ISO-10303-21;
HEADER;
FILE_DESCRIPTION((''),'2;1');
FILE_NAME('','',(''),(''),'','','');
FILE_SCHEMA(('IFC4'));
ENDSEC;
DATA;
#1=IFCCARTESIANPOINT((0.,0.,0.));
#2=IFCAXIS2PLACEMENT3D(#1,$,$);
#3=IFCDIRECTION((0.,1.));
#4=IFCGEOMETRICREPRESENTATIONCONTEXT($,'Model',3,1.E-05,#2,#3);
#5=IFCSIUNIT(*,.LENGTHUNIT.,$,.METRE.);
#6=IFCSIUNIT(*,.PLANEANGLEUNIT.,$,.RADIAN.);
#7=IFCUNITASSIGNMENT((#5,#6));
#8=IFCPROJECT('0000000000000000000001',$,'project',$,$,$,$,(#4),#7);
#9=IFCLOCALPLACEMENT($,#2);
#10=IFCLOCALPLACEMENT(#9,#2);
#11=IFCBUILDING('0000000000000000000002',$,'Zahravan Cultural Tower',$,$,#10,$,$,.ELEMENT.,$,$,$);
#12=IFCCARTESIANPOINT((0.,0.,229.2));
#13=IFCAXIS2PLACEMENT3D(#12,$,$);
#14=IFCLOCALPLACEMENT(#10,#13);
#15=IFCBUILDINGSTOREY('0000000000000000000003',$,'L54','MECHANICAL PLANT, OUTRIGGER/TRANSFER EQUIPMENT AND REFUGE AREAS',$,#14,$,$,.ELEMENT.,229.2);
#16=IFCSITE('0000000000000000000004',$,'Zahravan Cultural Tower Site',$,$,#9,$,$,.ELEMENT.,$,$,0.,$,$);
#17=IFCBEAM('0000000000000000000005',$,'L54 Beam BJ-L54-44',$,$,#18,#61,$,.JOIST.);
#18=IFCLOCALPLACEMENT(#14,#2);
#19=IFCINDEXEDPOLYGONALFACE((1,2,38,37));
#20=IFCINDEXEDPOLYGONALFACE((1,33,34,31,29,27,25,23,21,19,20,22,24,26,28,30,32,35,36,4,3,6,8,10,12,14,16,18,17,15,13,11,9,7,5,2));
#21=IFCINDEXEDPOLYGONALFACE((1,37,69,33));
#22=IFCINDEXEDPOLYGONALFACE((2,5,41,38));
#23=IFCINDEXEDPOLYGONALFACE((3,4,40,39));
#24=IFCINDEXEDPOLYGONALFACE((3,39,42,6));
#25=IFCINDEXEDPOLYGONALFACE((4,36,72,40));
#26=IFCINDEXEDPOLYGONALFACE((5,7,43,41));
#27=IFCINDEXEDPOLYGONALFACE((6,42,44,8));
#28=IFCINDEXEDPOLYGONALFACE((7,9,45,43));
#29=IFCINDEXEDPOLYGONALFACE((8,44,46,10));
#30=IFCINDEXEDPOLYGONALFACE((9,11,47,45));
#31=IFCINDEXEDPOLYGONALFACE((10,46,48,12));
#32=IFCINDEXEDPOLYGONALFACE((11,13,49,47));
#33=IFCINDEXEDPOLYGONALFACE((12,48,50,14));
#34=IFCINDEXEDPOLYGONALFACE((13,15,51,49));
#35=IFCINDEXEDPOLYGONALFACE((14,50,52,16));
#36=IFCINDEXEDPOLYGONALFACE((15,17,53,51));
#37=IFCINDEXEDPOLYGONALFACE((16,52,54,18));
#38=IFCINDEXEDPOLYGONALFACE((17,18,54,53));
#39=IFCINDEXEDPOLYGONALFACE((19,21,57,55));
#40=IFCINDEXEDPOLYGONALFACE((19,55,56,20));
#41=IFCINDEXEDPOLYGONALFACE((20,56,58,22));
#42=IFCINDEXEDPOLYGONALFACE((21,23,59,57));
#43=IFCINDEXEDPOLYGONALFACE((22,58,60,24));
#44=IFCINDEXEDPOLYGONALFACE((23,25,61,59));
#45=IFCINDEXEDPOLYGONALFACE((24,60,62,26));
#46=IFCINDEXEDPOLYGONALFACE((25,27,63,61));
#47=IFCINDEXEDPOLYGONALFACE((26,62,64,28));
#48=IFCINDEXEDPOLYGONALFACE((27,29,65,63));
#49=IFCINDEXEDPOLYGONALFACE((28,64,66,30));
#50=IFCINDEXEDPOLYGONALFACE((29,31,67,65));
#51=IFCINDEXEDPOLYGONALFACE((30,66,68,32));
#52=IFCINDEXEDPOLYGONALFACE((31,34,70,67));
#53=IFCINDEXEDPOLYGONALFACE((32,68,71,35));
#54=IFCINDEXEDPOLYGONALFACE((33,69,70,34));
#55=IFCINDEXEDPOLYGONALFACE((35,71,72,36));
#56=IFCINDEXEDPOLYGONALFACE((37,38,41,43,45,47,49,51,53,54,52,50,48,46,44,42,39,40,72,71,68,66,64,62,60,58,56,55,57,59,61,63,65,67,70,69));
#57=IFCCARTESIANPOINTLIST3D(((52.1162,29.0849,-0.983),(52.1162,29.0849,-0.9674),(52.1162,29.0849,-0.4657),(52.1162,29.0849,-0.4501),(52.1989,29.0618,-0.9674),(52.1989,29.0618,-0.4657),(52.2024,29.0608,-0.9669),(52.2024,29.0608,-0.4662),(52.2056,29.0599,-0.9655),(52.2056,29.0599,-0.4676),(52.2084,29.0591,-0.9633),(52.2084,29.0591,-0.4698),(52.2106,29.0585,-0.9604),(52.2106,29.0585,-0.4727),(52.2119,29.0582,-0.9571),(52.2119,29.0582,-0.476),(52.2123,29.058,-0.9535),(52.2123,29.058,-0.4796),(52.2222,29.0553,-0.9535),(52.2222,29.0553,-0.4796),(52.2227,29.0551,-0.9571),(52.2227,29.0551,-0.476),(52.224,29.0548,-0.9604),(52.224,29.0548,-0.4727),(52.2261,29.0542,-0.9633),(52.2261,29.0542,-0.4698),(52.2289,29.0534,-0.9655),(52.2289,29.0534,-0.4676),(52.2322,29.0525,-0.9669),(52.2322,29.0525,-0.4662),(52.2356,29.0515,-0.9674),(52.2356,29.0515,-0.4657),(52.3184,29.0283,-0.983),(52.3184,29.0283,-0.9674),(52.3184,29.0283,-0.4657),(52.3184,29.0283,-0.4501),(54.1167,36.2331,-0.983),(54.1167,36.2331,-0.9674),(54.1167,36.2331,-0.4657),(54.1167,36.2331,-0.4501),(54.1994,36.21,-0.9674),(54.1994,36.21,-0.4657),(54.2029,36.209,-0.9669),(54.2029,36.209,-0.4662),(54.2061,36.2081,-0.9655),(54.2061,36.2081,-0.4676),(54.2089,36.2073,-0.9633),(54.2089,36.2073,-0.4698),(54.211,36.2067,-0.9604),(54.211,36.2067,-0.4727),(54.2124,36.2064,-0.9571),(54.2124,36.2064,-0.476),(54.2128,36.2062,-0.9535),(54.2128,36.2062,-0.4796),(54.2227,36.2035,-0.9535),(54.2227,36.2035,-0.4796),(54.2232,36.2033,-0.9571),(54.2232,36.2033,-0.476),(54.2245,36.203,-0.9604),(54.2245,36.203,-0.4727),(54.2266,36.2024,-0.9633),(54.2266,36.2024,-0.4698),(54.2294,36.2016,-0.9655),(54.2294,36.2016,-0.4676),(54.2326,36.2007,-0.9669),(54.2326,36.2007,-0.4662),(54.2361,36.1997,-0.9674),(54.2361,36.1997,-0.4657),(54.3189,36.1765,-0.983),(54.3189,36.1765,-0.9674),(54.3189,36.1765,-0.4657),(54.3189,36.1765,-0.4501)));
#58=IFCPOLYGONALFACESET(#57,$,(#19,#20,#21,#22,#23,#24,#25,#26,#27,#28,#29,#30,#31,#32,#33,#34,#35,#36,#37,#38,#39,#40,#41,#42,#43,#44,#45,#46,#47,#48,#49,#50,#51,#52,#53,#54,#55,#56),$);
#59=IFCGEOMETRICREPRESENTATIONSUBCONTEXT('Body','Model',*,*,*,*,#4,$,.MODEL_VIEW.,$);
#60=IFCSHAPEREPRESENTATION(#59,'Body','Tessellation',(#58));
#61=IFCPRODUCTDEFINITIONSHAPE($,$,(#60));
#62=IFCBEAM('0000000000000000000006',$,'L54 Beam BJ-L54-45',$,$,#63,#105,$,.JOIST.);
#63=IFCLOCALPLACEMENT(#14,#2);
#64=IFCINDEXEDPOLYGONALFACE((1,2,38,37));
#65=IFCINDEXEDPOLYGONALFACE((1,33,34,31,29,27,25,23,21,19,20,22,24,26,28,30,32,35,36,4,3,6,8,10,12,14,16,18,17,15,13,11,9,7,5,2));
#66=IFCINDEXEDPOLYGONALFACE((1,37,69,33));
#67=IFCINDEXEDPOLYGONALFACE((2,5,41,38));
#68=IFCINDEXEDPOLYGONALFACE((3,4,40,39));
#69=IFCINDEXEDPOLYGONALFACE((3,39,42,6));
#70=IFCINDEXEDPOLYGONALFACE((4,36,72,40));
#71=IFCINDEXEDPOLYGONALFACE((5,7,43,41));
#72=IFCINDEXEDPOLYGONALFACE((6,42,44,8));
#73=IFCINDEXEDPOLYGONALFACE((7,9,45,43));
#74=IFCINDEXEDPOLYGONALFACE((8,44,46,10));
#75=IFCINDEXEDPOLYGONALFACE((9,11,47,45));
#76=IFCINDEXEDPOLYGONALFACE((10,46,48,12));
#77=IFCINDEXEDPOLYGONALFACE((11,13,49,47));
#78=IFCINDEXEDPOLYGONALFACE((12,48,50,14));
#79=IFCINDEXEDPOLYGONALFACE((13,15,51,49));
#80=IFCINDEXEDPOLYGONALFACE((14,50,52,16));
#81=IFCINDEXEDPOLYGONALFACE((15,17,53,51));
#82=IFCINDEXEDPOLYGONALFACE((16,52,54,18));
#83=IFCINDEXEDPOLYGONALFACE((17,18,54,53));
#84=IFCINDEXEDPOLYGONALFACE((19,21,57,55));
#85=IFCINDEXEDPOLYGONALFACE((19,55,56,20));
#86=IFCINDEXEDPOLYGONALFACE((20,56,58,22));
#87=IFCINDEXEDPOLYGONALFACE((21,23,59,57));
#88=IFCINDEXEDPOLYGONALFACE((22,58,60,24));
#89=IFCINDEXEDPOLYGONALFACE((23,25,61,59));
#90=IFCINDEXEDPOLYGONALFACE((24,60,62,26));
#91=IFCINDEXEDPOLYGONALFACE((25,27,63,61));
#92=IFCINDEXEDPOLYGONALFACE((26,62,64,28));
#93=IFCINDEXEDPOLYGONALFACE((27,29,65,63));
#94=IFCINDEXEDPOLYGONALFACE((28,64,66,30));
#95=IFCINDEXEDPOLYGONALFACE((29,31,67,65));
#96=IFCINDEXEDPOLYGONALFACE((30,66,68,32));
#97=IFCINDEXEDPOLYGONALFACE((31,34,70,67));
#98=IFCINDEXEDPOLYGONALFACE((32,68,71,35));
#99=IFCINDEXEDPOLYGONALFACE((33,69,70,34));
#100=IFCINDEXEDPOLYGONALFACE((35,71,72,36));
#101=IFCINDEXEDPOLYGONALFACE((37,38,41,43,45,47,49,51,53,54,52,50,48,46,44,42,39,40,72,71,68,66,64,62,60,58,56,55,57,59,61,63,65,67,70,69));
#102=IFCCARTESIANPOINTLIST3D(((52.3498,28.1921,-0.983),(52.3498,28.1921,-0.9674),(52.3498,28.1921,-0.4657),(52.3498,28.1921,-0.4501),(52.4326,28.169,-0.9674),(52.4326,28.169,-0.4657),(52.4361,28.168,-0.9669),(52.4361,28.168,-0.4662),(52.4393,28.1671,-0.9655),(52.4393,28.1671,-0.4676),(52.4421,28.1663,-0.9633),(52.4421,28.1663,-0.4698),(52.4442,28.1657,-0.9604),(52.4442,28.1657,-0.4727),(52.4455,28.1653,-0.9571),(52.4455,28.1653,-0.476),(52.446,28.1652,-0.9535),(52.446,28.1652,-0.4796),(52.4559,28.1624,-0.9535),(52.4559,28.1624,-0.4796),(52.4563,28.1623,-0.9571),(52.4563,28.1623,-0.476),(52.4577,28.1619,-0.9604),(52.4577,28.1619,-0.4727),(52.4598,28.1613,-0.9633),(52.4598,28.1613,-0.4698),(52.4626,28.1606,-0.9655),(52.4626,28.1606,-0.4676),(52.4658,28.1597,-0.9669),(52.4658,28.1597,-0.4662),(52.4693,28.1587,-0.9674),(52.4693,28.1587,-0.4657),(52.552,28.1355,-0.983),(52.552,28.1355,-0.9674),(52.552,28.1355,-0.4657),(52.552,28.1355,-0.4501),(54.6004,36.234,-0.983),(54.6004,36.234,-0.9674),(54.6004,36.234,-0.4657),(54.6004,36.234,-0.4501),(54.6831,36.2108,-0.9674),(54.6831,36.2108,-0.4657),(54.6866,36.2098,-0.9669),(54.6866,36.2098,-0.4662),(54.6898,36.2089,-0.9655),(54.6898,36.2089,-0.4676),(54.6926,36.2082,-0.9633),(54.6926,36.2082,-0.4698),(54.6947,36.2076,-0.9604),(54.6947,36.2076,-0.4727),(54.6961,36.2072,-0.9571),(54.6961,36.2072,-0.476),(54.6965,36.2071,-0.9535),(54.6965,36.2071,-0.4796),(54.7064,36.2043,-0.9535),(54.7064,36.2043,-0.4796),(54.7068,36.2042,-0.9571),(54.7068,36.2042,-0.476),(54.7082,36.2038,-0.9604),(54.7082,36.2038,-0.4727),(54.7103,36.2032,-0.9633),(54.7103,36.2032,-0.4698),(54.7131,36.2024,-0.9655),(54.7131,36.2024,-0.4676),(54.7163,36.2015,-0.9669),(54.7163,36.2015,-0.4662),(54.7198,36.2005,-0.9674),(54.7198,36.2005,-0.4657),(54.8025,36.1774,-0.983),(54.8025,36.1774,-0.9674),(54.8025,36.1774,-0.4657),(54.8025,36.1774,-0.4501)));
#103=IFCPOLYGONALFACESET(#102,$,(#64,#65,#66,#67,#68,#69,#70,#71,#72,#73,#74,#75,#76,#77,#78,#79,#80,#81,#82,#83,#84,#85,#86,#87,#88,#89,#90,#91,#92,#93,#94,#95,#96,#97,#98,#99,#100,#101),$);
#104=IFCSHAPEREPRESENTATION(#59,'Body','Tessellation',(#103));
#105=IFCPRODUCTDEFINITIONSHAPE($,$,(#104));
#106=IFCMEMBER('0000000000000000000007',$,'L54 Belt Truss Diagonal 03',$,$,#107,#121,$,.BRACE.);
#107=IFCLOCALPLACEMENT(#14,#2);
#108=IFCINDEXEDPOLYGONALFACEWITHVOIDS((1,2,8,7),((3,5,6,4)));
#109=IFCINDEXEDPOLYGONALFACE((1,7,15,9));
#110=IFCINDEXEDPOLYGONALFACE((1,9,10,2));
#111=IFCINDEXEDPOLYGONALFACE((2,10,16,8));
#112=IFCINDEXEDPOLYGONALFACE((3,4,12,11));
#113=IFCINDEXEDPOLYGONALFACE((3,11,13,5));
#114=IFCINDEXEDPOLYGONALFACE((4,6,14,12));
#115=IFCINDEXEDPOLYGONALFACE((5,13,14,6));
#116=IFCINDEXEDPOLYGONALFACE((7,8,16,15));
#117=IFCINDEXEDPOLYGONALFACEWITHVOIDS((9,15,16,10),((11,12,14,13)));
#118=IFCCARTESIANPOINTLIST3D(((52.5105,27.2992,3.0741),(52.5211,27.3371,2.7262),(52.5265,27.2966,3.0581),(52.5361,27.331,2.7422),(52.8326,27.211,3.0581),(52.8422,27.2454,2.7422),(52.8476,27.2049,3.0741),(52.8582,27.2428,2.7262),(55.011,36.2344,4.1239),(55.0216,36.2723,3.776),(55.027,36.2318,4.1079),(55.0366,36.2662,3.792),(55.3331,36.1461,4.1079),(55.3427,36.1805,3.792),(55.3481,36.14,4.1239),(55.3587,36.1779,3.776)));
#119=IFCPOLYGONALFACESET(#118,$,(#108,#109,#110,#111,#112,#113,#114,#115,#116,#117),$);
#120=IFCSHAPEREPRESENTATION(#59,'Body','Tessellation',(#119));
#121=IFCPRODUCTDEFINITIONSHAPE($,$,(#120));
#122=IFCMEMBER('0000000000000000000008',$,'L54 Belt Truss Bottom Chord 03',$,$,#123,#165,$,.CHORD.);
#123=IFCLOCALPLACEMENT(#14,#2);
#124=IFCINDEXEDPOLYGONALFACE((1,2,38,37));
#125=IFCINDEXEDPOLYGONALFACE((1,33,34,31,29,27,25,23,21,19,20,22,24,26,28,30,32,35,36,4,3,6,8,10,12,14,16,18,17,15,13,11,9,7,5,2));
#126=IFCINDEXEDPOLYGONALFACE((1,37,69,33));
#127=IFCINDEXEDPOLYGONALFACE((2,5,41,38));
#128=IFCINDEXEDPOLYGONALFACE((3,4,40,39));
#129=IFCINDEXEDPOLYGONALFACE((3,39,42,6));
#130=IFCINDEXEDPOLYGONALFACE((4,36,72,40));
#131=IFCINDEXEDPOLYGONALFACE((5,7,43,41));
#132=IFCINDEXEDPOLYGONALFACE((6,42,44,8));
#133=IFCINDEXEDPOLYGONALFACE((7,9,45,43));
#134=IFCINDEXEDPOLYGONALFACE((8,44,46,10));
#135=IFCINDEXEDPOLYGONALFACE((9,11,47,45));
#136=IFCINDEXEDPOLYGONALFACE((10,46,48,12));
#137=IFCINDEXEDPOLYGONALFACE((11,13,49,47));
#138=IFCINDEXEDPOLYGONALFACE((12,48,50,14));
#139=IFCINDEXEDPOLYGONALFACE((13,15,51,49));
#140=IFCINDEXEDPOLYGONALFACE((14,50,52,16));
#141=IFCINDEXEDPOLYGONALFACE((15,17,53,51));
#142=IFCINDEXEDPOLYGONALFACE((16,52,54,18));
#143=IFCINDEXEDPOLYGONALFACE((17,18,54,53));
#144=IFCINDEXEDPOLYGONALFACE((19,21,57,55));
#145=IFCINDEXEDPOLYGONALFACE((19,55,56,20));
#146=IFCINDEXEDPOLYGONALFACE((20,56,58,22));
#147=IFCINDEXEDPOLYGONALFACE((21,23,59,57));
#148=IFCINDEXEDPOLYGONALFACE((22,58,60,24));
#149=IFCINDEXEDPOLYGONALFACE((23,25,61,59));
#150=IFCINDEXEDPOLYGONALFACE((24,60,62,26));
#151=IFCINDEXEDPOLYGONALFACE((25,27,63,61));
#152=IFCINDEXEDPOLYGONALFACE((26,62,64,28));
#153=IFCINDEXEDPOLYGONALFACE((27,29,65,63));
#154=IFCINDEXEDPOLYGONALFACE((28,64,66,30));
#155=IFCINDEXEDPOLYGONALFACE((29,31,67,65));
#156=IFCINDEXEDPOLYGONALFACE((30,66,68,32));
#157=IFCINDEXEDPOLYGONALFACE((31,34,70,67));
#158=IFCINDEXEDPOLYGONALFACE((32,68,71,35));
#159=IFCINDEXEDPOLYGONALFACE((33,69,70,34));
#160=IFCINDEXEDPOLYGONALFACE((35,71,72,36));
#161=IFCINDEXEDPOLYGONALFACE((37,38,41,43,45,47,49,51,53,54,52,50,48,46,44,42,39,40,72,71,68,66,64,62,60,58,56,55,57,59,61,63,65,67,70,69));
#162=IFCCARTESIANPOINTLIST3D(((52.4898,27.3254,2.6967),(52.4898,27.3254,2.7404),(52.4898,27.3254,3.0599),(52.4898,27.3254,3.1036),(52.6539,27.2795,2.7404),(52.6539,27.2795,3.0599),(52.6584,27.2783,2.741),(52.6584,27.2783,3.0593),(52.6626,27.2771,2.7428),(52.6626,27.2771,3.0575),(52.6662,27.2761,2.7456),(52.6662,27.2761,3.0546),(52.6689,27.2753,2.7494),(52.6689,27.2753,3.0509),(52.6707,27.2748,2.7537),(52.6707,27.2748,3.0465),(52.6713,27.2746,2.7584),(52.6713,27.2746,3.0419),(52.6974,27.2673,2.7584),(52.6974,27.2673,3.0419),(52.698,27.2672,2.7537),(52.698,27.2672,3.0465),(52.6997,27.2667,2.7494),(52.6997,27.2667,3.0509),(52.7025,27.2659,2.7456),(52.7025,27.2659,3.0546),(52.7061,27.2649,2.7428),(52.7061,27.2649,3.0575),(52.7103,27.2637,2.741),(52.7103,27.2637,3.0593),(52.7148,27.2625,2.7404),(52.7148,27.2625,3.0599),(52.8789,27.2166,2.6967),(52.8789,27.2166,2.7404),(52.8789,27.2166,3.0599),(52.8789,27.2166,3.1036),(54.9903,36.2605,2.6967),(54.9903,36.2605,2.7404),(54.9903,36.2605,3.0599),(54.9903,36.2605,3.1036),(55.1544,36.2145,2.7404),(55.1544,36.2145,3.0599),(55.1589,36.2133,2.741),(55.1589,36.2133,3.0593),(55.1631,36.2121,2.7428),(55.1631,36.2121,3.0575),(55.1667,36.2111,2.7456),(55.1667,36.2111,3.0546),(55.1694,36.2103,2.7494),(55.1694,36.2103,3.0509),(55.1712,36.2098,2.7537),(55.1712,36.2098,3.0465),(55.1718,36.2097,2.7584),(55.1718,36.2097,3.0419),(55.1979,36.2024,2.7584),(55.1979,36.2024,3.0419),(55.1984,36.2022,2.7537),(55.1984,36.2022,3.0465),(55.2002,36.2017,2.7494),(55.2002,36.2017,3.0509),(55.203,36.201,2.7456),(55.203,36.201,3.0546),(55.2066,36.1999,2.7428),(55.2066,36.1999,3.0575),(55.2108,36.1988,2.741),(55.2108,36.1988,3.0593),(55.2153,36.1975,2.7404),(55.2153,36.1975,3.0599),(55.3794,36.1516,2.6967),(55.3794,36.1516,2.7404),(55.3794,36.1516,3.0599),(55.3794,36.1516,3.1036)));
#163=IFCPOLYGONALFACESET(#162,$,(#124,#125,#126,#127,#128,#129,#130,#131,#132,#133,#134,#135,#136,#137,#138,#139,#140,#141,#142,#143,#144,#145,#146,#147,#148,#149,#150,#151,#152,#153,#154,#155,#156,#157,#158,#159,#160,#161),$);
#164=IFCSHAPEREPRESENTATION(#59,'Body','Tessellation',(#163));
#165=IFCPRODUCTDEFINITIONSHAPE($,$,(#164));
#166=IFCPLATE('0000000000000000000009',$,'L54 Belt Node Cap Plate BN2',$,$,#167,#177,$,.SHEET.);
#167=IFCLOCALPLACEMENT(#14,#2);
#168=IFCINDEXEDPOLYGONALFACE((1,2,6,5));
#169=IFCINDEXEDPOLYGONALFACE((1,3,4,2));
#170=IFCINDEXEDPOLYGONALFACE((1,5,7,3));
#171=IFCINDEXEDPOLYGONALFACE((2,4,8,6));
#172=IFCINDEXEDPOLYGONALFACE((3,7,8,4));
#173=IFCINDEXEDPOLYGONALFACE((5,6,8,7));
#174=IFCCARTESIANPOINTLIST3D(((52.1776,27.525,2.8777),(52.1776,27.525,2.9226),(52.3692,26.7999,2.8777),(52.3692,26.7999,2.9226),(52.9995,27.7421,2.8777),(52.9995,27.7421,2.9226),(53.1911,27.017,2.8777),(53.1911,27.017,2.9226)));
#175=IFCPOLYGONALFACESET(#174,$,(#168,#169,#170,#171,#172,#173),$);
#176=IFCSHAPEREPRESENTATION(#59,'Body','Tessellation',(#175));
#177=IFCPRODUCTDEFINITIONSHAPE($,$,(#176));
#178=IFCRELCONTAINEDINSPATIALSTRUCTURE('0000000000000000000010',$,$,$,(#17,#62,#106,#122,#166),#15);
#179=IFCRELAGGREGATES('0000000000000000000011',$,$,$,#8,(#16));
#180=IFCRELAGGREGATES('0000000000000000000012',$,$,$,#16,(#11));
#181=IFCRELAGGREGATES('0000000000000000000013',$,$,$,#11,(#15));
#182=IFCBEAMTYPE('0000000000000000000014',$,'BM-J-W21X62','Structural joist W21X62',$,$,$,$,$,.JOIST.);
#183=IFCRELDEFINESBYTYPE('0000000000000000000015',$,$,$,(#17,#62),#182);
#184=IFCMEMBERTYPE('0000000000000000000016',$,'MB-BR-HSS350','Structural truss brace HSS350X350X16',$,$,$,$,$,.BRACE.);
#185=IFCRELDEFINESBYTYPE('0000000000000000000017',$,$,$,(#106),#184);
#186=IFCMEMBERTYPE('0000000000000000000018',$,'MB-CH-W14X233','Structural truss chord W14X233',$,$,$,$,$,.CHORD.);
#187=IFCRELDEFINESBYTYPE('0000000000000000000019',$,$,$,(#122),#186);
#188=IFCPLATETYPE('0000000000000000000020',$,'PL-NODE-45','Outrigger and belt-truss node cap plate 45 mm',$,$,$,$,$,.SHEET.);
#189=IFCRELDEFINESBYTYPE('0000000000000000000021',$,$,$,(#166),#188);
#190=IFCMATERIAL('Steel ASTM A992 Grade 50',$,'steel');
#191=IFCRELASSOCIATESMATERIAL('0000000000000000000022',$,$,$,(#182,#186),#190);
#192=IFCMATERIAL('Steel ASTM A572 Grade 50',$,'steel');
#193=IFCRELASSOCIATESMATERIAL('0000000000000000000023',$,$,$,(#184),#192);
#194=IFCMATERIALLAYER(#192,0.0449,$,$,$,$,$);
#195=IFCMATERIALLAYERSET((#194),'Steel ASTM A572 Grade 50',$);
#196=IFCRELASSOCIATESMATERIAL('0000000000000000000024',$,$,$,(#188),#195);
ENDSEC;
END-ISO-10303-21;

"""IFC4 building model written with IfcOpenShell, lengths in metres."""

from ifc_helpers import new_model, si_unit, direction, frame, origin, origin_2d, place, context, subcontext, project, spatial, rectangle, hollow_rectangle, i_section, extrude, source, transform, mapped, material, layer, layer_set, material_profile, profile_set, type_object, element, save


model = new_model("IFC4")

# Units and contexts
model_context = context("Model", 3, precision=1e-05, world=origin(), true_north=direction((0.0, 1.0)))
body_context = subcontext(model_context, "Body", "Model", "MODEL_VIEW")
ifc_project = project(units=[si_unit("LENGTHUNIT", "METRE"), si_unit("PLANEANGLEUNIT", "RADIAN")], contexts=[model_context])

# Site, building, storey
site_placement = place(None, origin())
site = spatial("IfcSite", under=ifc_project, at=site_placement, Name="Zahravan Cultural Tower Site", CompositionType="ELEMENT", RefElevation=0.0)
building_placement = place(site_placement, origin())
building = spatial("IfcBuilding", under=site, at=building_placement, Name="Zahravan Cultural Tower", CompositionType="ELEMENT")
storey_placement = place(building_placement, frame((0.0, 0.0, 229.2)))
storey = spatial("IfcBuildingStorey", under=building, at=storey_placement, Name="L54", Description="MECHANICAL PLANT, OUTRIGGER/TRANSFER EQUIPMENT AND REFUGE AREAS", CompositionType="ELEMENT", Elevation=229.2)

# Shared definitions
ifc_material_1 = material(Name="Steel ASTM A992 Grade 50", Category="steel")

# Beams
ifc_material_profile_1 = material_profile(ifc_material_1, i_section(OverallWidth=0.21, OverallDepth=0.533, WebThickness=0.0103, FlangeThickness=0.0156, FilletRadius=0.0139, at=origin_2d()), Name="W21X62")
ifc_profile_set_1 = profile_set([ifc_material_profile_1], Name="Steel ASTM A992 Grade 50")
beam_type_1 = type_object("IfcBeamType", Name="BM-J-W21X62", Description="Structural joist W21X62", PredefinedType="JOIST", material=ifc_profile_set_1)
shared_shape_1 = source(origin(), body_context, "Body", "SweptSolid", [
    extrude(i_section(OverallWidth=0.21, OverallDepth=0.533, WebThickness=0.0103, FlangeThickness=0.0156, FilletRadius=0.0139, at=origin_2d()), origin(), (0.0, 0.0, 1.0), 7.4229),
])
beam_1_placement = place(storey_placement, frame((52.2173, 29.0566, -0.7166), z_axis=(0.269504, 0.962999, 0.0), x_axis=(-0.962999, 0.269504, 0.0)))
element("IfcBeam", 1, at=beam_1_placement, inside=storey, type_object=beam_type_1, Name="L54 Beam BJ-L54-44", PredefinedType="JOIST", context=body_context, shape_type="MappedRepresentation", body=[
    mapped(shared_shape_1, transform((0.0, 0.0, 0.0), x_axis=(1.0, 0.0, 0.0), y_axis=(0.0, 1.0, 0.0), z_axis=(0.0, 0.0, 1.0), scale=1.0)),
])
shared_shape_2 = source(origin(), body_context, "Body", "SweptSolid", [
    extrude(i_section(OverallWidth=0.21, OverallDepth=0.533, WebThickness=0.0103, FlangeThickness=0.0156, FilletRadius=0.0139, at=origin_2d()), origin(), (0.0, 0.0, 1.0), 8.3508),
])
beam_2_placement = place(storey_placement, frame((52.4509, 28.1638, -0.7166), z_axis=(0.269497, 0.963001, 0.0), x_axis=(-0.963001, 0.269497, 0.0)))
element("IfcBeam", 2, at=beam_2_placement, inside=storey, type_object=beam_type_1, Name="L54 Beam BJ-L54-45", PredefinedType="JOIST", context=body_context, shape_type="MappedRepresentation", body=[
    mapped(shared_shape_2, transform((0.0, 0.0, 0.0), x_axis=(1.0, 0.0, 0.0), y_axis=(0.0, 1.0, 0.0), z_axis=(0.0, 0.0, 1.0), scale=1.0)),
])

# Members
ifc_material_2 = material(Name="Steel ASTM A572 Grade 50", Category="steel")
ifc_material_profile_2 = material_profile(ifc_material_2, hollow_rectangle(XDim=0.3501, YDim=0.3501, WallThickness=0.0161, at=origin_2d()), Name="HSS350X350X16")
ifc_profile_set_2 = profile_set([ifc_material_profile_2], Name="Steel ASTM A572 Grade 50")
member_type_1 = type_object("IfcMemberType", Name="MB-BR-HSS350", Description="Structural truss brace HSS350X350X16", PredefinedType="BRACE", material=ifc_profile_set_2)
shared_shape_3 = source(origin(), body_context, "Body", "SweptSolid", [
    extrude(hollow_rectangle(XDim=0.3501, YDim=0.3501, WallThickness=0.0161, at=origin_2d()), origin(), (0.0, 0.0, 1.0), 9.3376),
])
member_1_placement = place(storey_placement, frame((52.6843, 27.271, 2.9001), z_axis=(0.267789, 0.956896, 0.112428), x_axis=(-0.963001, 0.269497, 0.0)))
element("IfcMember", 3, at=member_1_placement, inside=storey, type_object=member_type_1, Name="L54 Belt Truss Diagonal 03", PredefinedType="BRACE", context=body_context, shape_type="MappedRepresentation", body=[
    mapped(shared_shape_3, transform((0.0, 0.0, 0.0), x_axis=(1.0, 0.0, 0.0), y_axis=(0.0, 1.0, 0.0), z_axis=(0.0, 0.0, 1.0), scale=1.0)),
])
ifc_material_profile_3 = material_profile(ifc_material_1, i_section(OverallWidth=0.4041, OverallDepth=0.407, WebThickness=0.0271, FlangeThickness=0.0437, FilletRadius=0.0181, at=origin_2d()), Name="W14X233")
ifc_profile_set_3 = profile_set([ifc_material_profile_3], Name="Steel ASTM A992 Grade 50")
member_type_2 = type_object("IfcMemberType", Name="MB-CH-W14X233", Description="Structural truss chord W14X233", PredefinedType="CHORD", material=ifc_profile_set_3)
shared_shape_4 = source(origin(), body_context, "Body", "SweptSolid", [
    extrude(i_section(OverallWidth=0.4041, OverallDepth=0.407, WebThickness=0.0271, FlangeThickness=0.0437, FilletRadius=0.0181, at=origin_2d()), origin(), (0.0, 0.0, 1.0), 9.2783),
])
member_2_placement = place(storey_placement, frame((52.6843, 27.271, 2.9001), z_axis=(0.269497, 0.963001, 0.0), x_axis=(-0.963001, 0.269497, 0.0)))
element("IfcMember", 4, at=member_2_placement, inside=storey, type_object=member_type_2, Name="L54 Belt Truss Bottom Chord 03", PredefinedType="CHORD", context=body_context, shape_type="MappedRepresentation", body=[
    mapped(shared_shape_4, transform((0.0, 0.0, 0.0), x_axis=(1.0, 0.0, 0.0), y_axis=(0.0, 1.0, 0.0), z_axis=(0.0, 0.0, 1.0), scale=1.0)),
])

# Plate
ifc_layer_1 = layer(ifc_material_2, 0.0449)
ifc_layer_set_1 = layer_set([ifc_layer_1], Name="Steel ASTM A572 Grade 50")
plate_type = type_object("IfcPlateType", Name="PL-NODE-45", Description="Outrigger and belt-truss node cap plate 45 mm", PredefinedType="SHEET", material=ifc_layer_set_1)
shared_shape_5 = source(origin(), body_context, "Body", "SweptSolid", [
    extrude(rectangle(XDim=0.8501, YDim=0.75, at=origin_2d()), origin(), (0.0, 0.0, 1.0), 0.0449),
])
plate_placement = place(storey_placement, frame((52.6843, 27.271, 2.8777), z_axis=(0.0, 0.0, 1.0), x_axis=(0.966823, 0.255446, 0.0)))
element("IfcPlate", 5, at=plate_placement, inside=storey, type_object=plate_type, Name="L54 Belt Node Cap Plate BN2", PredefinedType="SHEET", context=body_context, shape_type="MappedRepresentation", body=[
    mapped(shared_shape_5, transform((0.0, 0.0, 0.0), x_axis=(1.0, 0.0, 0.0), y_axis=(0.0, 1.0, 0.0), z_axis=(0.0, 0.0, 1.0), scale=1.0)),
])

save(model, "model.ifc")
